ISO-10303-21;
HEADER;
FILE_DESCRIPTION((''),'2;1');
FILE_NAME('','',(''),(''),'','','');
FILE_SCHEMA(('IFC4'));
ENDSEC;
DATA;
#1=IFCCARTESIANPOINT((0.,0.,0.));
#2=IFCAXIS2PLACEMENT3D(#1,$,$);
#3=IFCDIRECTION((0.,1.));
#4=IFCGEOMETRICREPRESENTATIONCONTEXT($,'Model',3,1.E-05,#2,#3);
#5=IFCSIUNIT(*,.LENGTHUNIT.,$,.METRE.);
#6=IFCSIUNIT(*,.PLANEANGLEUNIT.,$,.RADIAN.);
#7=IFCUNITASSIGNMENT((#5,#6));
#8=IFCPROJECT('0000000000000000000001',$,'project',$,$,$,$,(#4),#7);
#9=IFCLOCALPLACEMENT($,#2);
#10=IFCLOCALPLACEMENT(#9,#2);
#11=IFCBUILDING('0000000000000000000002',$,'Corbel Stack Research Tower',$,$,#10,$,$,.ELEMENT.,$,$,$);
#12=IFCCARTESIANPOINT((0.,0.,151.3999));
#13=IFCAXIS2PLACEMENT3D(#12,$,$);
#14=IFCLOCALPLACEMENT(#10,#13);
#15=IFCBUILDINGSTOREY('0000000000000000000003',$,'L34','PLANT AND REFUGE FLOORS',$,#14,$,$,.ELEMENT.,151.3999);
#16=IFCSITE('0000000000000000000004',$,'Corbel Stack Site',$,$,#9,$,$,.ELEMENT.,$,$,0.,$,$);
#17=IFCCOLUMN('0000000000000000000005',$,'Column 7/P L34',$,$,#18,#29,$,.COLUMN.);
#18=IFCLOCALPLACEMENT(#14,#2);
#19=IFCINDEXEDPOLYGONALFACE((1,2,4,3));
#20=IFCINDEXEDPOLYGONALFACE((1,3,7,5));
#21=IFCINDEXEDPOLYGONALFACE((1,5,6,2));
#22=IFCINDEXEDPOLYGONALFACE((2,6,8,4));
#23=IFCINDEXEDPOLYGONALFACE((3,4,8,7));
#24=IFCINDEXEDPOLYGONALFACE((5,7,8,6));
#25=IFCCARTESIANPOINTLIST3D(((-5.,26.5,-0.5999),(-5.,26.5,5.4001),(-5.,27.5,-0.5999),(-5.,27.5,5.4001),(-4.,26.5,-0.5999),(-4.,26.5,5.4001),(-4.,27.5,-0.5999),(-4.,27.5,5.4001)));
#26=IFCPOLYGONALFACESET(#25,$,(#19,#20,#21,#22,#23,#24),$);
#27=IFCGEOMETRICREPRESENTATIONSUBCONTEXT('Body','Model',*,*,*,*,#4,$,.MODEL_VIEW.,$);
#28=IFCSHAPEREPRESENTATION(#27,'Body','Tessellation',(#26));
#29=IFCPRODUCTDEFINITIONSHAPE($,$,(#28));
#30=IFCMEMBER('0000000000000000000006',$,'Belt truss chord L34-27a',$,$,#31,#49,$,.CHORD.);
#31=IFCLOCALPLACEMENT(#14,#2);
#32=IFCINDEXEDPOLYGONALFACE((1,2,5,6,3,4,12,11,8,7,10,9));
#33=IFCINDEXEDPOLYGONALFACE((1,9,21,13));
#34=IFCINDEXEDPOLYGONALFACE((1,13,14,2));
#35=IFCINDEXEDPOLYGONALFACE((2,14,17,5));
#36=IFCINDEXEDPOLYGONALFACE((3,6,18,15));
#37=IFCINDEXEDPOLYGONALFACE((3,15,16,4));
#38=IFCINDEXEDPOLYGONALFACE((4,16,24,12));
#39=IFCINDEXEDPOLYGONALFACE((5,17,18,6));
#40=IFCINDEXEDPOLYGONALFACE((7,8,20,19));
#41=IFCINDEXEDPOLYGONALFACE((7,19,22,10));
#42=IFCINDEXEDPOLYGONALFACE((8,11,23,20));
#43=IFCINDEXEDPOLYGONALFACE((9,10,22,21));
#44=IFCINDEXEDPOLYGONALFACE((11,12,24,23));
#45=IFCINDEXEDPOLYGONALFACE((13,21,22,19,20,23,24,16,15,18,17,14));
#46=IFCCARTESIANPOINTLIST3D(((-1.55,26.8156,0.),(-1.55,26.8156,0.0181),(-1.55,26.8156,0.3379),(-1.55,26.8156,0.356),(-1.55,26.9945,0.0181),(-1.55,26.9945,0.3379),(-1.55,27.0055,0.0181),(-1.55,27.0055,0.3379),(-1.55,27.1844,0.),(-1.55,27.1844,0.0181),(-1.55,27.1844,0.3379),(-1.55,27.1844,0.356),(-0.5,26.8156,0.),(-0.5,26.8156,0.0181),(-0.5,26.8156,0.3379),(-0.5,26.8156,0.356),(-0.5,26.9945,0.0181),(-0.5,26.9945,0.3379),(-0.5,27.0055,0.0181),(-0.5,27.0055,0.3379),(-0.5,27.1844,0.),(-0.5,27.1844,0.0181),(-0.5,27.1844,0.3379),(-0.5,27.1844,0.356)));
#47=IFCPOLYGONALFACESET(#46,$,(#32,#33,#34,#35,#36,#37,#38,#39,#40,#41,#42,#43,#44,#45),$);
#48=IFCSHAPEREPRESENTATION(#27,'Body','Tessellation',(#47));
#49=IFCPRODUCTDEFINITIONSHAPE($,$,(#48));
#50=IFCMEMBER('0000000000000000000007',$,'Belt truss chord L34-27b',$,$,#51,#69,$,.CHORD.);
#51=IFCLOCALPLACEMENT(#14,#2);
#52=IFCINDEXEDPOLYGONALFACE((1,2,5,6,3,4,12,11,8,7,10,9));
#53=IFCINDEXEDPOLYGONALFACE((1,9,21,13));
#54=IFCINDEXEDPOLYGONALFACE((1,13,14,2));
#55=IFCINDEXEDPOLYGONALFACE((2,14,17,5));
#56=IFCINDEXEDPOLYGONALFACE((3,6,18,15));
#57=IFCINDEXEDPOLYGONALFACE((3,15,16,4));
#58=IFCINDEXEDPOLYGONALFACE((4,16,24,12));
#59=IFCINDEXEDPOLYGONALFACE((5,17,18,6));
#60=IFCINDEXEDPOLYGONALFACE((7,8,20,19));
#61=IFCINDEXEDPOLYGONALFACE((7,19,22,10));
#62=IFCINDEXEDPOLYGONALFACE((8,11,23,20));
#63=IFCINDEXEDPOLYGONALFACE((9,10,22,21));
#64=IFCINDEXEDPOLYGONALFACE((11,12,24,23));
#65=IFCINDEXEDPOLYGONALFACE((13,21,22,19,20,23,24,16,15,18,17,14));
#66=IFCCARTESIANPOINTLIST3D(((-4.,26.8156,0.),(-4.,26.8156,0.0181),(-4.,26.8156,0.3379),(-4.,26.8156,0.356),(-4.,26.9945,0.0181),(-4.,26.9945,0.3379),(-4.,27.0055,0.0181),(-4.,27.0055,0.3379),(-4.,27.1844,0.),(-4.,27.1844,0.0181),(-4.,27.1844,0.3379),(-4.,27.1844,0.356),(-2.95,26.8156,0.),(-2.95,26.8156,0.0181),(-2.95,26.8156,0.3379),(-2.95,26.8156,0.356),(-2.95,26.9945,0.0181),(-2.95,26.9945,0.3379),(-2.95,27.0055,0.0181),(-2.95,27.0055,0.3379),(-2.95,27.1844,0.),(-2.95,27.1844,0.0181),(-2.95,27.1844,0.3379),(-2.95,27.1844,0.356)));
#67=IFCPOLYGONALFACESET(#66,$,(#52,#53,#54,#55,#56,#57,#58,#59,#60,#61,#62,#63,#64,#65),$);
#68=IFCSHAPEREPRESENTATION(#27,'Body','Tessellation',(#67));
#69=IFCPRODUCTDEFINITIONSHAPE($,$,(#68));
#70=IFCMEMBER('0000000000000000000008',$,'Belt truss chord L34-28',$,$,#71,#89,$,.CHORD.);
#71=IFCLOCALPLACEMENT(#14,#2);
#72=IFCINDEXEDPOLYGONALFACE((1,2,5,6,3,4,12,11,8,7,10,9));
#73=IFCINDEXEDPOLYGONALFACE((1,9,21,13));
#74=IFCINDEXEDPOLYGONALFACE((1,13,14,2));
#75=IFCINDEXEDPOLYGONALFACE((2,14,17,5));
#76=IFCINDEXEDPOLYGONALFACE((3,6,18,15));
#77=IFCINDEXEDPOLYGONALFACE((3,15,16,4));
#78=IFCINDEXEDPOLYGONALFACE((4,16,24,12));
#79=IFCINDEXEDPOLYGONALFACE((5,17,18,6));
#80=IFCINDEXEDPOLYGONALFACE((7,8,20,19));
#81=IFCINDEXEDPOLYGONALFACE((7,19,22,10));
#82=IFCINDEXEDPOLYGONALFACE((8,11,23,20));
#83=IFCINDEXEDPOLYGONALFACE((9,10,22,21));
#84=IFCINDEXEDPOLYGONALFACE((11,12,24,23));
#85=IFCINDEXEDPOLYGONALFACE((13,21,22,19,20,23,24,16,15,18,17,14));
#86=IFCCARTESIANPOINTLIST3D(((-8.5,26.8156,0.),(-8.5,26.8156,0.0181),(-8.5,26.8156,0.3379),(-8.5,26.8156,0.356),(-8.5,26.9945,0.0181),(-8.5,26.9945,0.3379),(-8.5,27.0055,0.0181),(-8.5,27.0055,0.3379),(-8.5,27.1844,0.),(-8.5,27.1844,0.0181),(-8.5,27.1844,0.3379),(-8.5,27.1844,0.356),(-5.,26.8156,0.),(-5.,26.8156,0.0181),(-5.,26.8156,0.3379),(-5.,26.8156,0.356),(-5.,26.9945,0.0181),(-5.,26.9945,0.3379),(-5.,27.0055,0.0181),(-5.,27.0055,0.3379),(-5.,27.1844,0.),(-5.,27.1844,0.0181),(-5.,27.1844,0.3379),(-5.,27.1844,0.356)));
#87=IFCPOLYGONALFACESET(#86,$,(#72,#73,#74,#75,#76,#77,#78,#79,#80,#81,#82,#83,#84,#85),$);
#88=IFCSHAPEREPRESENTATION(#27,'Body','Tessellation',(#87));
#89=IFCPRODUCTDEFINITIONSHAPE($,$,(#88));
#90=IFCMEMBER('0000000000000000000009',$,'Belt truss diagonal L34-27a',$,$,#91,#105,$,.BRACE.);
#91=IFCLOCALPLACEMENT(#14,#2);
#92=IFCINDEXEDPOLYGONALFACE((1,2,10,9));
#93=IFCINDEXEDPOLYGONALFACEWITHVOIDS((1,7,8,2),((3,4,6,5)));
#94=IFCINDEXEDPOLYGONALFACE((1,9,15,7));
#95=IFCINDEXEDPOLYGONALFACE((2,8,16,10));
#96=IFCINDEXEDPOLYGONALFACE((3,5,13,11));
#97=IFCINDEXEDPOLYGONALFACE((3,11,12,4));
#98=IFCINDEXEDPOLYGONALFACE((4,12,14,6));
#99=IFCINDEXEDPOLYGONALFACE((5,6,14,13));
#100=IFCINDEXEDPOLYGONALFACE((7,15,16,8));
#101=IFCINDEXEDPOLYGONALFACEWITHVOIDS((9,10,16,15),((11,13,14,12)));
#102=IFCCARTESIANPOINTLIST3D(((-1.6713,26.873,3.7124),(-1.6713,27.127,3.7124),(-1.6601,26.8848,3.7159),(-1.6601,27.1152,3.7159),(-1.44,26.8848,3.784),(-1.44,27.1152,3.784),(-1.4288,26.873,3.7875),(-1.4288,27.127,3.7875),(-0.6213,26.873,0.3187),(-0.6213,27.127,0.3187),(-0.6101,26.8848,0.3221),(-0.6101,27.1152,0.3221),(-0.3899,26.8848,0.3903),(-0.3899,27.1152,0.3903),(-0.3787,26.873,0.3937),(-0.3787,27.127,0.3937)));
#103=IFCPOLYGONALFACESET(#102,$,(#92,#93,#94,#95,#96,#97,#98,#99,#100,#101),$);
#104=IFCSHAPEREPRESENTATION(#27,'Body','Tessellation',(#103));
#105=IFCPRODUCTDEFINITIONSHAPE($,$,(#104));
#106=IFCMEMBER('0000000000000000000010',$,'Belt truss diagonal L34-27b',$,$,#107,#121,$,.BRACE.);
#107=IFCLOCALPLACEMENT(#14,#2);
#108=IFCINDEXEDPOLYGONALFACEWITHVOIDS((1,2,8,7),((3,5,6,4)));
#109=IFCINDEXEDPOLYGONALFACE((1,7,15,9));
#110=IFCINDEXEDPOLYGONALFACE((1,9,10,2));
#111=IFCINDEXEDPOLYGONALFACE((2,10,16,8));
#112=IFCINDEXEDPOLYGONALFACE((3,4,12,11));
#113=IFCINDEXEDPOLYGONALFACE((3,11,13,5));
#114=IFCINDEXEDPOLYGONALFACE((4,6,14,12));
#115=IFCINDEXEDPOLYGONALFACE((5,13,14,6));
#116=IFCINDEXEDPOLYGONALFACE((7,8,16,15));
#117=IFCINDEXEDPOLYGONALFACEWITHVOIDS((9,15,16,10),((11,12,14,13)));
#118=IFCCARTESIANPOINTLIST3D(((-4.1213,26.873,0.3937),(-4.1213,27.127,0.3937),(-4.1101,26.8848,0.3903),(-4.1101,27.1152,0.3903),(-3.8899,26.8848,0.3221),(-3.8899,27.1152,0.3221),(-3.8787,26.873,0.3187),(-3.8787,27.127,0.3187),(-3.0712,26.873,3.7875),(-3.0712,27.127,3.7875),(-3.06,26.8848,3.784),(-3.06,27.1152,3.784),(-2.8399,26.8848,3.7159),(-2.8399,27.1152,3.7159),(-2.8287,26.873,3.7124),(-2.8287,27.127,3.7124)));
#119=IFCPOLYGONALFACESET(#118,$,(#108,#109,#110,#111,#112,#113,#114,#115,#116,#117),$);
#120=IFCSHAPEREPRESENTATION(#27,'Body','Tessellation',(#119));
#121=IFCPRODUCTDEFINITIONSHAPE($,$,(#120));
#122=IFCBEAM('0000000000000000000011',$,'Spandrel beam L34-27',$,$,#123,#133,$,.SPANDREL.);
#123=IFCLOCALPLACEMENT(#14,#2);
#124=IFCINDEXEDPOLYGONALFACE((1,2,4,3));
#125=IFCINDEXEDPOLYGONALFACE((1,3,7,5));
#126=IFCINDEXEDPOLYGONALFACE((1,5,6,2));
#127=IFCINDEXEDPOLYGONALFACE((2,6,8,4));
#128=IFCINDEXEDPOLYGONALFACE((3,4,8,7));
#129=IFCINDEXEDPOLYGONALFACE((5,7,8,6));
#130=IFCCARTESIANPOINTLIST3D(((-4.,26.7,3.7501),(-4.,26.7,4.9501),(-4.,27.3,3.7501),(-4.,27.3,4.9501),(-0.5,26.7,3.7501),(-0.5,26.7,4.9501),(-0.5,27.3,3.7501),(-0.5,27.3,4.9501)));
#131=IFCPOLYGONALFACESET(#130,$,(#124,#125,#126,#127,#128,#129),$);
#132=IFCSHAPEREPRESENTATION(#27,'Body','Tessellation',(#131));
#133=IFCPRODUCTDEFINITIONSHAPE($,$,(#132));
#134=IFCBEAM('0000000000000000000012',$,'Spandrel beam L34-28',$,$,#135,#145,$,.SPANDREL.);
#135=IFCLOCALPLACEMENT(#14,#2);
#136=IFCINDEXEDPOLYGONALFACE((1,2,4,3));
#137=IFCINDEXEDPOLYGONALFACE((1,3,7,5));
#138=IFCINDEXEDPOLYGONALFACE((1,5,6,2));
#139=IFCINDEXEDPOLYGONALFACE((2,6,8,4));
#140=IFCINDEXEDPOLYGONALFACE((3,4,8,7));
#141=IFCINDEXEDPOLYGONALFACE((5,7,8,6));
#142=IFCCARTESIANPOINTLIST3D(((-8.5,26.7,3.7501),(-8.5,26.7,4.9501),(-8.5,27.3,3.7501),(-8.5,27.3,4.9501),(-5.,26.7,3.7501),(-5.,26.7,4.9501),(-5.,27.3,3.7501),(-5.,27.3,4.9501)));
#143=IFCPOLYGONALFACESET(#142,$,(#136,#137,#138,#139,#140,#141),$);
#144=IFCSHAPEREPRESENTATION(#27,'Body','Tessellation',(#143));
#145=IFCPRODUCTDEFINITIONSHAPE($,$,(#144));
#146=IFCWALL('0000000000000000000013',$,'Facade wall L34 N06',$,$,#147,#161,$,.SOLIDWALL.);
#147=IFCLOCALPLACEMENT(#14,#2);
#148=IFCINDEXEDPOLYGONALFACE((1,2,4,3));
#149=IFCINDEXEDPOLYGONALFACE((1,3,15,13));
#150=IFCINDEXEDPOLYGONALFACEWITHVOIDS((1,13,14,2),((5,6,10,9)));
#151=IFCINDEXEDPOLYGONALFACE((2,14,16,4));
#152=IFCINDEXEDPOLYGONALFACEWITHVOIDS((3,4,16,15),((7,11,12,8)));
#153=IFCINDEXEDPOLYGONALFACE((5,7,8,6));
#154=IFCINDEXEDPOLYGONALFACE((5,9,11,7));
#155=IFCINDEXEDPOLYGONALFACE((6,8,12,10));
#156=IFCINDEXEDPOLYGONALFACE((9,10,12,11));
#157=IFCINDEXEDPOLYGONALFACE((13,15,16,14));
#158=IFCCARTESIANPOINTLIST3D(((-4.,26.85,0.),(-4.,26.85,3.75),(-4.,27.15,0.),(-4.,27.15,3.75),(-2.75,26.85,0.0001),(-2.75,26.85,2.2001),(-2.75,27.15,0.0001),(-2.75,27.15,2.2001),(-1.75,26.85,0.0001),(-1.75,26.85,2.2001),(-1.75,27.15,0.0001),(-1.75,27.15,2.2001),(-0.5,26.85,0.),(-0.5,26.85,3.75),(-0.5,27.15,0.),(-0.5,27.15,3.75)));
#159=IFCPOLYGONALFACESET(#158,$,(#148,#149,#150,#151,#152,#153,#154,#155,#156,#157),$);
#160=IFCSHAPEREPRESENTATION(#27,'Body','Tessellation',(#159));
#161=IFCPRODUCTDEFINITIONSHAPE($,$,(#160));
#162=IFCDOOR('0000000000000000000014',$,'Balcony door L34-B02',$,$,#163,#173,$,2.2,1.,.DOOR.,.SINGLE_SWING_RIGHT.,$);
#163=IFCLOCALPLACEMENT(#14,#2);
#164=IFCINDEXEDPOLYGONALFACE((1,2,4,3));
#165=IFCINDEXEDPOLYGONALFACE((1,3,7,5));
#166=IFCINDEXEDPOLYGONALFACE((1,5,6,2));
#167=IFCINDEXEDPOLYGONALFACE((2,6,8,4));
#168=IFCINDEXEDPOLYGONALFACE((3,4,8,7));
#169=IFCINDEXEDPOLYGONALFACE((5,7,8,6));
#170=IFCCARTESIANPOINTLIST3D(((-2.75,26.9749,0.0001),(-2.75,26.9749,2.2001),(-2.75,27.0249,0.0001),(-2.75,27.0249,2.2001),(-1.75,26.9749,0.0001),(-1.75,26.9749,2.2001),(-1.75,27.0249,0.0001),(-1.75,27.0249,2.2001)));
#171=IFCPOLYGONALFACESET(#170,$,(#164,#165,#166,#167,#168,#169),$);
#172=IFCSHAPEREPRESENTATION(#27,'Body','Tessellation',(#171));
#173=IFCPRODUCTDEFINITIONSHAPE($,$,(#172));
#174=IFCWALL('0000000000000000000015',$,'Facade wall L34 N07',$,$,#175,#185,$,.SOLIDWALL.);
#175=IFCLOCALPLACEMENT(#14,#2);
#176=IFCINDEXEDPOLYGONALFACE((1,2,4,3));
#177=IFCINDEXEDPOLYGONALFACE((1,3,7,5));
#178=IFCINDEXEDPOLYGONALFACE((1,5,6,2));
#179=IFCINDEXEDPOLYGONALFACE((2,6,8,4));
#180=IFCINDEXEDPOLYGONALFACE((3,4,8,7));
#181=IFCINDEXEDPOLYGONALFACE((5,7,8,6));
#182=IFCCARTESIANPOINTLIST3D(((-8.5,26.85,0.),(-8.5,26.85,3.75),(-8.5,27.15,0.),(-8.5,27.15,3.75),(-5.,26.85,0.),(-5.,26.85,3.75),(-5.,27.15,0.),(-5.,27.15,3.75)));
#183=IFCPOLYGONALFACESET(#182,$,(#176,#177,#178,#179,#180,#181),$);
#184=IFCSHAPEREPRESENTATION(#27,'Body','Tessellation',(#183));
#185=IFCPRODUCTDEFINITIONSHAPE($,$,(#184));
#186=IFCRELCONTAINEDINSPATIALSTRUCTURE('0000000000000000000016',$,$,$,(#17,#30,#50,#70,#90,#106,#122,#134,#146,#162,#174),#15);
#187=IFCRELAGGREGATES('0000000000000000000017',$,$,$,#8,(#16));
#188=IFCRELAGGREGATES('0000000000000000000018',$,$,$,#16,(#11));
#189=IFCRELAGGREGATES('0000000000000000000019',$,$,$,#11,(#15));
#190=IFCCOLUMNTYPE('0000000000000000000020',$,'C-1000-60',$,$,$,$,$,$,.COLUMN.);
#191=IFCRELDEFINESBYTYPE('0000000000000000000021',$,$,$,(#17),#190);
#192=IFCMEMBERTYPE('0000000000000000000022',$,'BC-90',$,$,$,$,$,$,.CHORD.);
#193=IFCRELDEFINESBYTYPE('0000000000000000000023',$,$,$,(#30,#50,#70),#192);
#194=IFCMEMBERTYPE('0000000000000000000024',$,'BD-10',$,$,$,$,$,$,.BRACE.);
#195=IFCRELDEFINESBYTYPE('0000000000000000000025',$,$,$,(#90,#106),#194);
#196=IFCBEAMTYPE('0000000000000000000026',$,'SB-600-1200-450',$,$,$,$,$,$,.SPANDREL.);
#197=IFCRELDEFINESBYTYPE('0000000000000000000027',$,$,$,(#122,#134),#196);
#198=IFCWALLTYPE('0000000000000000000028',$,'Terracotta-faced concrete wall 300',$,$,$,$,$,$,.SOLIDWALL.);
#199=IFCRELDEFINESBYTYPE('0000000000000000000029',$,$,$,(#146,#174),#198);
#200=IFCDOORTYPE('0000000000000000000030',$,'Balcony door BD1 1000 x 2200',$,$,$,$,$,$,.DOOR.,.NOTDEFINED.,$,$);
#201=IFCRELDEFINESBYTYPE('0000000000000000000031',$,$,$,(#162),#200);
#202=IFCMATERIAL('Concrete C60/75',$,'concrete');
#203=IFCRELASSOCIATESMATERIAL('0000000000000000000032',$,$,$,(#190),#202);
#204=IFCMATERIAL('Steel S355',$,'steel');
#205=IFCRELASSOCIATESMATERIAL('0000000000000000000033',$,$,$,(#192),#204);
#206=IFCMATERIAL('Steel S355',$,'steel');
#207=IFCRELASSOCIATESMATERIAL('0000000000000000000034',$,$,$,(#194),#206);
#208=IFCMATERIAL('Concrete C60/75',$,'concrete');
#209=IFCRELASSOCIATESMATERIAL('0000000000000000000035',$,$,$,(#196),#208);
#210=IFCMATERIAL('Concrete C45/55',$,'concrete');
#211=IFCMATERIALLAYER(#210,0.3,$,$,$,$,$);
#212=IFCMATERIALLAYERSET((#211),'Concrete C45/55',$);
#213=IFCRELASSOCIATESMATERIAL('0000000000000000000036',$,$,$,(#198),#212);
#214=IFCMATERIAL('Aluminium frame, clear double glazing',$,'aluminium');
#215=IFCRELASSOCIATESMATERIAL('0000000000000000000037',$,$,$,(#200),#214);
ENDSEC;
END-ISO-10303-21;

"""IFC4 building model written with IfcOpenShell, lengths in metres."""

from ifc_helpers import new_model, si_unit, direction, frame, frame_2d, origin, origin_2d, place, context, subcontext, project, spatial, rectangle, hollow_rectangle, i_section, extrude, material, layer, layer_set, material_profile, profile_set, type_object, element, fill, save


model = new_model("IFC4")

# Units and contexts
model_context = context("Model", 3, precision=1e-05, world=origin(), true_north=direction((0.0, 1.0)))
body_context = subcontext(model_context, "Body", "Model", "MODEL_VIEW")
ifc_project = project(units=[si_unit("LENGTHUNIT", "METRE"), si_unit("PLANEANGLEUNIT", "RADIAN")], contexts=[model_context])

# Site, building, storey
site_placement = place(None, origin())
site = spatial("IfcSite", under=ifc_project, at=site_placement, Name="Corbel Stack Site", CompositionType="ELEMENT", RefElevation=0.0)
building_placement = place(site_placement, origin())
building = spatial("IfcBuilding", under=site, at=building_placement, Name="Corbel Stack Research Tower", CompositionType="ELEMENT")
storey_placement = place(building_placement, frame((0.0, 0.0, 151.3999)))
storey = spatial("IfcBuildingStorey", under=building, at=storey_placement, Name="L34", Description="PLANT AND REFUGE FLOORS", CompositionType="ELEMENT", Elevation=151.3999)

# Column
ifc_material_1 = material(Name="Concrete C60/75", Category="concrete")
ifc_material_profile_1 = material_profile(ifc_material_1, rectangle(XDim=1.0, YDim=1.0, at=origin_2d()), Name="RC 1000 x 1000")
ifc_profile_set_1 = profile_set([ifc_material_profile_1], Name="Concrete C60/75")
column_type = type_object("IfcColumnType", Name="C-1000-60", PredefinedType="COLUMN", material=ifc_profile_set_1)
column_placement = place(storey_placement, frame((-4.5, 27.0, -0.5999), z_axis=(0.0, 0.0, 1.0), x_axis=(1.0, 0.0, 0.0)))
element("IfcColumn", 1, at=column_placement, inside=storey, type_object=column_type, Name="Column 7/P L34", PredefinedType="COLUMN", context=body_context, shape_type="SweptSolid", body=[
    extrude(rectangle(XDim=1.0, YDim=1.0, at=origin_2d()), origin(), (0.0, 0.0, 1.0), 6.0),
])

# Members
ifc_material_2 = material(Name="Steel S355", Category="steel")
ifc_material_profile_2 = material_profile(ifc_material_2, i_section(OverallWidth=0.3689, OverallDepth=0.356, WebThickness=0.011, FlangeThickness=0.0181, at=origin_2d()), Name="W14x90")
ifc_profile_set_2 = profile_set([ifc_material_profile_2], Name="Steel S355")
member_type_1 = type_object("IfcMemberType", Name="BC-90", PredefinedType="CHORD", material=ifc_profile_set_2)
for number, where, z_axis, x_axis, name in (
    (2, (-0.5, 27.0, 0.178), (-1.0, 0.0, 0.0), (0.0, -1.0, 0.0), "Belt truss chord L34-27a"),
    (3, (-2.95, 27.0, 0.178), (-1.0, 0.0, 0.0), (0.0, -1.0, 0.0), "Belt truss chord L34-27b"),
):
    element("IfcMember", number, at=place(storey_placement, frame(where, z_axis=z_axis, x_axis=x_axis)), inside=storey, type_object=member_type_1, Name=name, PredefinedType="CHORD", context=body_context, shape_type="SweptSolid", body=[
        extrude(i_section(OverallWidth=0.3689, OverallDepth=0.356, WebThickness=0.011, FlangeThickness=0.0181, at=origin_2d()), origin(), (0.0, 0.0, 1.0), 1.05),
    ])
member_placement = place(storey_placement, frame((-5.0, 27.0, 0.178), z_axis=(-1.0, 0.0, 0.0), x_axis=(0.0, -1.0, 0.0)))
element("IfcMember", 4, at=member_placement, inside=storey, type_object=member_type_1, Name="Belt truss chord L34-28", PredefinedType="CHORD", context=body_context, shape_type="SweptSolid", body=[
    extrude(i_section(OverallWidth=0.3689, OverallDepth=0.356, WebThickness=0.011, FlangeThickness=0.0181, at=origin_2d()), origin(), (0.0, 0.0, 1.0), 3.5),
])
ifc_material_3 = material(Name="Steel S355", Category="steel")
ifc_material_profile_3 = material_profile(ifc_material_3, hollow_rectangle(XDim=0.2539, YDim=0.2539, WallThickness=0.0117, at=origin_2d()), Name="HSS10x10x1/2")
ifc_profile_set_3 = profile_set([ifc_material_profile_3], Name="Steel S355")
member_type_2 = type_object("IfcMemberType", Name="BD-10", PredefinedType="BRACE", material=ifc_profile_set_3)
for number, where, z_axis, x_axis, name in (
    (5, (-0.5, 27.0, 0.3562), (-0.295578, 0.0, 0.955319), (0.0, -1.0, 0.0), "Belt truss diagonal L34-27a"),
    (6, (-4.0, 27.0, 0.3562), (0.295578, 0.0, 0.955319), (0.0, 1.0, 0.0), "Belt truss diagonal L34-27b"),
):
    element("IfcMember", number, at=place(storey_placement, frame(where, z_axis=z_axis, x_axis=x_axis)), inside=storey, type_object=member_type_2, Name=name, PredefinedType="BRACE", context=body_context, shape_type="SweptSolid", body=[
        extrude(hollow_rectangle(XDim=0.2539, YDim=0.2539, WallThickness=0.0117, at=origin_2d()), origin(), (0.0, 0.0, 1.0), 3.5525),
    ])

# Beams
ifc_material_4 = material(Name="Concrete C60/75", Category="concrete")
ifc_material_profile_4 = material_profile(ifc_material_4, rectangle(XDim=0.6001, YDim=1.2, at=origin_2d()), Name="RC 600 x 1200")
ifc_profile_set_4 = profile_set([ifc_material_profile_4], Name="Concrete C60/75")
beam_type = type_object("IfcBeamType", Name="SB-600-1200-450", PredefinedType="SPANDREL", material=ifc_profile_set_4)
for number, where, z_axis, x_axis, name in (
    (7, (-0.5, 27.0, 4.3501), (-1.0, 0.0, 0.0), (0.0, -1.0, 0.0), "Spandrel beam L34-27"),
    (8, (-5.0, 27.0, 4.3501), (-1.0, 0.0, 0.0), (0.0, -1.0, 0.0), "Spandrel beam L34-28"),
):
    element("IfcBeam", number, at=place(storey_placement, frame(where, z_axis=z_axis, x_axis=x_axis)), inside=storey, type_object=beam_type, Name=name, PredefinedType="SPANDREL", context=body_context, shape_type="SweptSolid", body=[
        extrude(rectangle(XDim=0.6001, YDim=1.2, at=origin_2d()), origin(), (0.0, 0.0, 1.0), 3.5),
    ])

# Wall, opening, door
ifc_material_5 = material(Name="Concrete C45/55", Category="concrete")
ifc_layer_1 = layer(ifc_material_5, 0.3)
ifc_layer_set_1 = layer_set([ifc_layer_1], Name="Concrete C45/55")
wall_type = type_object("IfcWallType", Name="Terracotta-faced concrete wall 300", PredefinedType="SOLIDWALL", material=ifc_layer_set_1)
wall_1_placement = place(storey_placement, frame((-4.0, 27.0, 0.0), z_axis=(0.0, 0.0, 1.0), x_axis=(1.0, 0.0, 0.0)))
wall_1 = element("IfcWall", 9, at=wall_1_placement, inside=storey, type_object=wall_type, Name="Facade wall L34 N06", PredefinedType="SOLIDWALL", context=body_context, shape_type="SweptSolid", body=[
    extrude(rectangle(XDim=3.5, YDim=0.3, at=frame_2d((1.75, 0.0))), origin(), (0.0, 0.0, 1.0), 3.75),
])
opening_placement = place(wall_1_placement, frame((1.25, 0.0, 0.0)))
opening = element("IfcOpeningElement", 10, at=opening_placement, cuts=wall_1, PredefinedType="OPENING", context=body_context, shape_type="SweptSolid", body=[
    extrude(rectangle(XDim=1.0, YDim=2.2, at=frame_2d((0.5, 1.1001))), frame((0.0, 0.1599, 0.0), z_axis=(0.0, -1.0, 0.0), x_axis=(1.0, 0.0, 0.0)), (0.0, 0.0, 1.0), 0.3201),
])
ifc_material_6 = material(Name="Aluminium frame, clear double glazing", Category="aluminium")
door_type = type_object("IfcDoorType", Name="Balcony door BD1 1000 x 2200", OperationType="NOTDEFINED", PredefinedType="DOOR", material=ifc_material_6)
door_placement = place(opening_placement, origin())
door = element("IfcDoor", 11, at=door_placement, inside=storey, type_object=door_type, Name="Balcony door L34-B02", OperationType="SINGLE_SWING_RIGHT", OverallHeight=2.2, OverallWidth=1.0, PredefinedType="DOOR", context=body_context, shape_type="SweptSolid", body=[
    extrude(rectangle(XDim=1.0, YDim=2.2, at=frame_2d((0.5, 1.1001))), frame((0.0, 0.0249, 0.0), z_axis=(0.0, -1.0, 0.0), x_axis=(1.0, 0.0, 0.0)), (0.0, 0.0, 1.0), 0.05),
])
fill(opening, door)

# Wall
wall_2_placement = place(storey_placement, frame((-8.5, 27.0, 0.0), z_axis=(0.0, 0.0, 1.0), x_axis=(1.0, 0.0, 0.0)))
element("IfcWall", 12, at=wall_2_placement, inside=storey, type_object=wall_type, Name="Facade wall L34 N07", PredefinedType="SOLIDWALL", context=body_context, shape_type="SweptSolid", body=[
    extrude(rectangle(XDim=3.5, YDim=0.3, at=frame_2d((1.75, 0.0))), origin(), (0.0, 0.0, 1.0), 3.75),
])

save(model, "model.ifc")
